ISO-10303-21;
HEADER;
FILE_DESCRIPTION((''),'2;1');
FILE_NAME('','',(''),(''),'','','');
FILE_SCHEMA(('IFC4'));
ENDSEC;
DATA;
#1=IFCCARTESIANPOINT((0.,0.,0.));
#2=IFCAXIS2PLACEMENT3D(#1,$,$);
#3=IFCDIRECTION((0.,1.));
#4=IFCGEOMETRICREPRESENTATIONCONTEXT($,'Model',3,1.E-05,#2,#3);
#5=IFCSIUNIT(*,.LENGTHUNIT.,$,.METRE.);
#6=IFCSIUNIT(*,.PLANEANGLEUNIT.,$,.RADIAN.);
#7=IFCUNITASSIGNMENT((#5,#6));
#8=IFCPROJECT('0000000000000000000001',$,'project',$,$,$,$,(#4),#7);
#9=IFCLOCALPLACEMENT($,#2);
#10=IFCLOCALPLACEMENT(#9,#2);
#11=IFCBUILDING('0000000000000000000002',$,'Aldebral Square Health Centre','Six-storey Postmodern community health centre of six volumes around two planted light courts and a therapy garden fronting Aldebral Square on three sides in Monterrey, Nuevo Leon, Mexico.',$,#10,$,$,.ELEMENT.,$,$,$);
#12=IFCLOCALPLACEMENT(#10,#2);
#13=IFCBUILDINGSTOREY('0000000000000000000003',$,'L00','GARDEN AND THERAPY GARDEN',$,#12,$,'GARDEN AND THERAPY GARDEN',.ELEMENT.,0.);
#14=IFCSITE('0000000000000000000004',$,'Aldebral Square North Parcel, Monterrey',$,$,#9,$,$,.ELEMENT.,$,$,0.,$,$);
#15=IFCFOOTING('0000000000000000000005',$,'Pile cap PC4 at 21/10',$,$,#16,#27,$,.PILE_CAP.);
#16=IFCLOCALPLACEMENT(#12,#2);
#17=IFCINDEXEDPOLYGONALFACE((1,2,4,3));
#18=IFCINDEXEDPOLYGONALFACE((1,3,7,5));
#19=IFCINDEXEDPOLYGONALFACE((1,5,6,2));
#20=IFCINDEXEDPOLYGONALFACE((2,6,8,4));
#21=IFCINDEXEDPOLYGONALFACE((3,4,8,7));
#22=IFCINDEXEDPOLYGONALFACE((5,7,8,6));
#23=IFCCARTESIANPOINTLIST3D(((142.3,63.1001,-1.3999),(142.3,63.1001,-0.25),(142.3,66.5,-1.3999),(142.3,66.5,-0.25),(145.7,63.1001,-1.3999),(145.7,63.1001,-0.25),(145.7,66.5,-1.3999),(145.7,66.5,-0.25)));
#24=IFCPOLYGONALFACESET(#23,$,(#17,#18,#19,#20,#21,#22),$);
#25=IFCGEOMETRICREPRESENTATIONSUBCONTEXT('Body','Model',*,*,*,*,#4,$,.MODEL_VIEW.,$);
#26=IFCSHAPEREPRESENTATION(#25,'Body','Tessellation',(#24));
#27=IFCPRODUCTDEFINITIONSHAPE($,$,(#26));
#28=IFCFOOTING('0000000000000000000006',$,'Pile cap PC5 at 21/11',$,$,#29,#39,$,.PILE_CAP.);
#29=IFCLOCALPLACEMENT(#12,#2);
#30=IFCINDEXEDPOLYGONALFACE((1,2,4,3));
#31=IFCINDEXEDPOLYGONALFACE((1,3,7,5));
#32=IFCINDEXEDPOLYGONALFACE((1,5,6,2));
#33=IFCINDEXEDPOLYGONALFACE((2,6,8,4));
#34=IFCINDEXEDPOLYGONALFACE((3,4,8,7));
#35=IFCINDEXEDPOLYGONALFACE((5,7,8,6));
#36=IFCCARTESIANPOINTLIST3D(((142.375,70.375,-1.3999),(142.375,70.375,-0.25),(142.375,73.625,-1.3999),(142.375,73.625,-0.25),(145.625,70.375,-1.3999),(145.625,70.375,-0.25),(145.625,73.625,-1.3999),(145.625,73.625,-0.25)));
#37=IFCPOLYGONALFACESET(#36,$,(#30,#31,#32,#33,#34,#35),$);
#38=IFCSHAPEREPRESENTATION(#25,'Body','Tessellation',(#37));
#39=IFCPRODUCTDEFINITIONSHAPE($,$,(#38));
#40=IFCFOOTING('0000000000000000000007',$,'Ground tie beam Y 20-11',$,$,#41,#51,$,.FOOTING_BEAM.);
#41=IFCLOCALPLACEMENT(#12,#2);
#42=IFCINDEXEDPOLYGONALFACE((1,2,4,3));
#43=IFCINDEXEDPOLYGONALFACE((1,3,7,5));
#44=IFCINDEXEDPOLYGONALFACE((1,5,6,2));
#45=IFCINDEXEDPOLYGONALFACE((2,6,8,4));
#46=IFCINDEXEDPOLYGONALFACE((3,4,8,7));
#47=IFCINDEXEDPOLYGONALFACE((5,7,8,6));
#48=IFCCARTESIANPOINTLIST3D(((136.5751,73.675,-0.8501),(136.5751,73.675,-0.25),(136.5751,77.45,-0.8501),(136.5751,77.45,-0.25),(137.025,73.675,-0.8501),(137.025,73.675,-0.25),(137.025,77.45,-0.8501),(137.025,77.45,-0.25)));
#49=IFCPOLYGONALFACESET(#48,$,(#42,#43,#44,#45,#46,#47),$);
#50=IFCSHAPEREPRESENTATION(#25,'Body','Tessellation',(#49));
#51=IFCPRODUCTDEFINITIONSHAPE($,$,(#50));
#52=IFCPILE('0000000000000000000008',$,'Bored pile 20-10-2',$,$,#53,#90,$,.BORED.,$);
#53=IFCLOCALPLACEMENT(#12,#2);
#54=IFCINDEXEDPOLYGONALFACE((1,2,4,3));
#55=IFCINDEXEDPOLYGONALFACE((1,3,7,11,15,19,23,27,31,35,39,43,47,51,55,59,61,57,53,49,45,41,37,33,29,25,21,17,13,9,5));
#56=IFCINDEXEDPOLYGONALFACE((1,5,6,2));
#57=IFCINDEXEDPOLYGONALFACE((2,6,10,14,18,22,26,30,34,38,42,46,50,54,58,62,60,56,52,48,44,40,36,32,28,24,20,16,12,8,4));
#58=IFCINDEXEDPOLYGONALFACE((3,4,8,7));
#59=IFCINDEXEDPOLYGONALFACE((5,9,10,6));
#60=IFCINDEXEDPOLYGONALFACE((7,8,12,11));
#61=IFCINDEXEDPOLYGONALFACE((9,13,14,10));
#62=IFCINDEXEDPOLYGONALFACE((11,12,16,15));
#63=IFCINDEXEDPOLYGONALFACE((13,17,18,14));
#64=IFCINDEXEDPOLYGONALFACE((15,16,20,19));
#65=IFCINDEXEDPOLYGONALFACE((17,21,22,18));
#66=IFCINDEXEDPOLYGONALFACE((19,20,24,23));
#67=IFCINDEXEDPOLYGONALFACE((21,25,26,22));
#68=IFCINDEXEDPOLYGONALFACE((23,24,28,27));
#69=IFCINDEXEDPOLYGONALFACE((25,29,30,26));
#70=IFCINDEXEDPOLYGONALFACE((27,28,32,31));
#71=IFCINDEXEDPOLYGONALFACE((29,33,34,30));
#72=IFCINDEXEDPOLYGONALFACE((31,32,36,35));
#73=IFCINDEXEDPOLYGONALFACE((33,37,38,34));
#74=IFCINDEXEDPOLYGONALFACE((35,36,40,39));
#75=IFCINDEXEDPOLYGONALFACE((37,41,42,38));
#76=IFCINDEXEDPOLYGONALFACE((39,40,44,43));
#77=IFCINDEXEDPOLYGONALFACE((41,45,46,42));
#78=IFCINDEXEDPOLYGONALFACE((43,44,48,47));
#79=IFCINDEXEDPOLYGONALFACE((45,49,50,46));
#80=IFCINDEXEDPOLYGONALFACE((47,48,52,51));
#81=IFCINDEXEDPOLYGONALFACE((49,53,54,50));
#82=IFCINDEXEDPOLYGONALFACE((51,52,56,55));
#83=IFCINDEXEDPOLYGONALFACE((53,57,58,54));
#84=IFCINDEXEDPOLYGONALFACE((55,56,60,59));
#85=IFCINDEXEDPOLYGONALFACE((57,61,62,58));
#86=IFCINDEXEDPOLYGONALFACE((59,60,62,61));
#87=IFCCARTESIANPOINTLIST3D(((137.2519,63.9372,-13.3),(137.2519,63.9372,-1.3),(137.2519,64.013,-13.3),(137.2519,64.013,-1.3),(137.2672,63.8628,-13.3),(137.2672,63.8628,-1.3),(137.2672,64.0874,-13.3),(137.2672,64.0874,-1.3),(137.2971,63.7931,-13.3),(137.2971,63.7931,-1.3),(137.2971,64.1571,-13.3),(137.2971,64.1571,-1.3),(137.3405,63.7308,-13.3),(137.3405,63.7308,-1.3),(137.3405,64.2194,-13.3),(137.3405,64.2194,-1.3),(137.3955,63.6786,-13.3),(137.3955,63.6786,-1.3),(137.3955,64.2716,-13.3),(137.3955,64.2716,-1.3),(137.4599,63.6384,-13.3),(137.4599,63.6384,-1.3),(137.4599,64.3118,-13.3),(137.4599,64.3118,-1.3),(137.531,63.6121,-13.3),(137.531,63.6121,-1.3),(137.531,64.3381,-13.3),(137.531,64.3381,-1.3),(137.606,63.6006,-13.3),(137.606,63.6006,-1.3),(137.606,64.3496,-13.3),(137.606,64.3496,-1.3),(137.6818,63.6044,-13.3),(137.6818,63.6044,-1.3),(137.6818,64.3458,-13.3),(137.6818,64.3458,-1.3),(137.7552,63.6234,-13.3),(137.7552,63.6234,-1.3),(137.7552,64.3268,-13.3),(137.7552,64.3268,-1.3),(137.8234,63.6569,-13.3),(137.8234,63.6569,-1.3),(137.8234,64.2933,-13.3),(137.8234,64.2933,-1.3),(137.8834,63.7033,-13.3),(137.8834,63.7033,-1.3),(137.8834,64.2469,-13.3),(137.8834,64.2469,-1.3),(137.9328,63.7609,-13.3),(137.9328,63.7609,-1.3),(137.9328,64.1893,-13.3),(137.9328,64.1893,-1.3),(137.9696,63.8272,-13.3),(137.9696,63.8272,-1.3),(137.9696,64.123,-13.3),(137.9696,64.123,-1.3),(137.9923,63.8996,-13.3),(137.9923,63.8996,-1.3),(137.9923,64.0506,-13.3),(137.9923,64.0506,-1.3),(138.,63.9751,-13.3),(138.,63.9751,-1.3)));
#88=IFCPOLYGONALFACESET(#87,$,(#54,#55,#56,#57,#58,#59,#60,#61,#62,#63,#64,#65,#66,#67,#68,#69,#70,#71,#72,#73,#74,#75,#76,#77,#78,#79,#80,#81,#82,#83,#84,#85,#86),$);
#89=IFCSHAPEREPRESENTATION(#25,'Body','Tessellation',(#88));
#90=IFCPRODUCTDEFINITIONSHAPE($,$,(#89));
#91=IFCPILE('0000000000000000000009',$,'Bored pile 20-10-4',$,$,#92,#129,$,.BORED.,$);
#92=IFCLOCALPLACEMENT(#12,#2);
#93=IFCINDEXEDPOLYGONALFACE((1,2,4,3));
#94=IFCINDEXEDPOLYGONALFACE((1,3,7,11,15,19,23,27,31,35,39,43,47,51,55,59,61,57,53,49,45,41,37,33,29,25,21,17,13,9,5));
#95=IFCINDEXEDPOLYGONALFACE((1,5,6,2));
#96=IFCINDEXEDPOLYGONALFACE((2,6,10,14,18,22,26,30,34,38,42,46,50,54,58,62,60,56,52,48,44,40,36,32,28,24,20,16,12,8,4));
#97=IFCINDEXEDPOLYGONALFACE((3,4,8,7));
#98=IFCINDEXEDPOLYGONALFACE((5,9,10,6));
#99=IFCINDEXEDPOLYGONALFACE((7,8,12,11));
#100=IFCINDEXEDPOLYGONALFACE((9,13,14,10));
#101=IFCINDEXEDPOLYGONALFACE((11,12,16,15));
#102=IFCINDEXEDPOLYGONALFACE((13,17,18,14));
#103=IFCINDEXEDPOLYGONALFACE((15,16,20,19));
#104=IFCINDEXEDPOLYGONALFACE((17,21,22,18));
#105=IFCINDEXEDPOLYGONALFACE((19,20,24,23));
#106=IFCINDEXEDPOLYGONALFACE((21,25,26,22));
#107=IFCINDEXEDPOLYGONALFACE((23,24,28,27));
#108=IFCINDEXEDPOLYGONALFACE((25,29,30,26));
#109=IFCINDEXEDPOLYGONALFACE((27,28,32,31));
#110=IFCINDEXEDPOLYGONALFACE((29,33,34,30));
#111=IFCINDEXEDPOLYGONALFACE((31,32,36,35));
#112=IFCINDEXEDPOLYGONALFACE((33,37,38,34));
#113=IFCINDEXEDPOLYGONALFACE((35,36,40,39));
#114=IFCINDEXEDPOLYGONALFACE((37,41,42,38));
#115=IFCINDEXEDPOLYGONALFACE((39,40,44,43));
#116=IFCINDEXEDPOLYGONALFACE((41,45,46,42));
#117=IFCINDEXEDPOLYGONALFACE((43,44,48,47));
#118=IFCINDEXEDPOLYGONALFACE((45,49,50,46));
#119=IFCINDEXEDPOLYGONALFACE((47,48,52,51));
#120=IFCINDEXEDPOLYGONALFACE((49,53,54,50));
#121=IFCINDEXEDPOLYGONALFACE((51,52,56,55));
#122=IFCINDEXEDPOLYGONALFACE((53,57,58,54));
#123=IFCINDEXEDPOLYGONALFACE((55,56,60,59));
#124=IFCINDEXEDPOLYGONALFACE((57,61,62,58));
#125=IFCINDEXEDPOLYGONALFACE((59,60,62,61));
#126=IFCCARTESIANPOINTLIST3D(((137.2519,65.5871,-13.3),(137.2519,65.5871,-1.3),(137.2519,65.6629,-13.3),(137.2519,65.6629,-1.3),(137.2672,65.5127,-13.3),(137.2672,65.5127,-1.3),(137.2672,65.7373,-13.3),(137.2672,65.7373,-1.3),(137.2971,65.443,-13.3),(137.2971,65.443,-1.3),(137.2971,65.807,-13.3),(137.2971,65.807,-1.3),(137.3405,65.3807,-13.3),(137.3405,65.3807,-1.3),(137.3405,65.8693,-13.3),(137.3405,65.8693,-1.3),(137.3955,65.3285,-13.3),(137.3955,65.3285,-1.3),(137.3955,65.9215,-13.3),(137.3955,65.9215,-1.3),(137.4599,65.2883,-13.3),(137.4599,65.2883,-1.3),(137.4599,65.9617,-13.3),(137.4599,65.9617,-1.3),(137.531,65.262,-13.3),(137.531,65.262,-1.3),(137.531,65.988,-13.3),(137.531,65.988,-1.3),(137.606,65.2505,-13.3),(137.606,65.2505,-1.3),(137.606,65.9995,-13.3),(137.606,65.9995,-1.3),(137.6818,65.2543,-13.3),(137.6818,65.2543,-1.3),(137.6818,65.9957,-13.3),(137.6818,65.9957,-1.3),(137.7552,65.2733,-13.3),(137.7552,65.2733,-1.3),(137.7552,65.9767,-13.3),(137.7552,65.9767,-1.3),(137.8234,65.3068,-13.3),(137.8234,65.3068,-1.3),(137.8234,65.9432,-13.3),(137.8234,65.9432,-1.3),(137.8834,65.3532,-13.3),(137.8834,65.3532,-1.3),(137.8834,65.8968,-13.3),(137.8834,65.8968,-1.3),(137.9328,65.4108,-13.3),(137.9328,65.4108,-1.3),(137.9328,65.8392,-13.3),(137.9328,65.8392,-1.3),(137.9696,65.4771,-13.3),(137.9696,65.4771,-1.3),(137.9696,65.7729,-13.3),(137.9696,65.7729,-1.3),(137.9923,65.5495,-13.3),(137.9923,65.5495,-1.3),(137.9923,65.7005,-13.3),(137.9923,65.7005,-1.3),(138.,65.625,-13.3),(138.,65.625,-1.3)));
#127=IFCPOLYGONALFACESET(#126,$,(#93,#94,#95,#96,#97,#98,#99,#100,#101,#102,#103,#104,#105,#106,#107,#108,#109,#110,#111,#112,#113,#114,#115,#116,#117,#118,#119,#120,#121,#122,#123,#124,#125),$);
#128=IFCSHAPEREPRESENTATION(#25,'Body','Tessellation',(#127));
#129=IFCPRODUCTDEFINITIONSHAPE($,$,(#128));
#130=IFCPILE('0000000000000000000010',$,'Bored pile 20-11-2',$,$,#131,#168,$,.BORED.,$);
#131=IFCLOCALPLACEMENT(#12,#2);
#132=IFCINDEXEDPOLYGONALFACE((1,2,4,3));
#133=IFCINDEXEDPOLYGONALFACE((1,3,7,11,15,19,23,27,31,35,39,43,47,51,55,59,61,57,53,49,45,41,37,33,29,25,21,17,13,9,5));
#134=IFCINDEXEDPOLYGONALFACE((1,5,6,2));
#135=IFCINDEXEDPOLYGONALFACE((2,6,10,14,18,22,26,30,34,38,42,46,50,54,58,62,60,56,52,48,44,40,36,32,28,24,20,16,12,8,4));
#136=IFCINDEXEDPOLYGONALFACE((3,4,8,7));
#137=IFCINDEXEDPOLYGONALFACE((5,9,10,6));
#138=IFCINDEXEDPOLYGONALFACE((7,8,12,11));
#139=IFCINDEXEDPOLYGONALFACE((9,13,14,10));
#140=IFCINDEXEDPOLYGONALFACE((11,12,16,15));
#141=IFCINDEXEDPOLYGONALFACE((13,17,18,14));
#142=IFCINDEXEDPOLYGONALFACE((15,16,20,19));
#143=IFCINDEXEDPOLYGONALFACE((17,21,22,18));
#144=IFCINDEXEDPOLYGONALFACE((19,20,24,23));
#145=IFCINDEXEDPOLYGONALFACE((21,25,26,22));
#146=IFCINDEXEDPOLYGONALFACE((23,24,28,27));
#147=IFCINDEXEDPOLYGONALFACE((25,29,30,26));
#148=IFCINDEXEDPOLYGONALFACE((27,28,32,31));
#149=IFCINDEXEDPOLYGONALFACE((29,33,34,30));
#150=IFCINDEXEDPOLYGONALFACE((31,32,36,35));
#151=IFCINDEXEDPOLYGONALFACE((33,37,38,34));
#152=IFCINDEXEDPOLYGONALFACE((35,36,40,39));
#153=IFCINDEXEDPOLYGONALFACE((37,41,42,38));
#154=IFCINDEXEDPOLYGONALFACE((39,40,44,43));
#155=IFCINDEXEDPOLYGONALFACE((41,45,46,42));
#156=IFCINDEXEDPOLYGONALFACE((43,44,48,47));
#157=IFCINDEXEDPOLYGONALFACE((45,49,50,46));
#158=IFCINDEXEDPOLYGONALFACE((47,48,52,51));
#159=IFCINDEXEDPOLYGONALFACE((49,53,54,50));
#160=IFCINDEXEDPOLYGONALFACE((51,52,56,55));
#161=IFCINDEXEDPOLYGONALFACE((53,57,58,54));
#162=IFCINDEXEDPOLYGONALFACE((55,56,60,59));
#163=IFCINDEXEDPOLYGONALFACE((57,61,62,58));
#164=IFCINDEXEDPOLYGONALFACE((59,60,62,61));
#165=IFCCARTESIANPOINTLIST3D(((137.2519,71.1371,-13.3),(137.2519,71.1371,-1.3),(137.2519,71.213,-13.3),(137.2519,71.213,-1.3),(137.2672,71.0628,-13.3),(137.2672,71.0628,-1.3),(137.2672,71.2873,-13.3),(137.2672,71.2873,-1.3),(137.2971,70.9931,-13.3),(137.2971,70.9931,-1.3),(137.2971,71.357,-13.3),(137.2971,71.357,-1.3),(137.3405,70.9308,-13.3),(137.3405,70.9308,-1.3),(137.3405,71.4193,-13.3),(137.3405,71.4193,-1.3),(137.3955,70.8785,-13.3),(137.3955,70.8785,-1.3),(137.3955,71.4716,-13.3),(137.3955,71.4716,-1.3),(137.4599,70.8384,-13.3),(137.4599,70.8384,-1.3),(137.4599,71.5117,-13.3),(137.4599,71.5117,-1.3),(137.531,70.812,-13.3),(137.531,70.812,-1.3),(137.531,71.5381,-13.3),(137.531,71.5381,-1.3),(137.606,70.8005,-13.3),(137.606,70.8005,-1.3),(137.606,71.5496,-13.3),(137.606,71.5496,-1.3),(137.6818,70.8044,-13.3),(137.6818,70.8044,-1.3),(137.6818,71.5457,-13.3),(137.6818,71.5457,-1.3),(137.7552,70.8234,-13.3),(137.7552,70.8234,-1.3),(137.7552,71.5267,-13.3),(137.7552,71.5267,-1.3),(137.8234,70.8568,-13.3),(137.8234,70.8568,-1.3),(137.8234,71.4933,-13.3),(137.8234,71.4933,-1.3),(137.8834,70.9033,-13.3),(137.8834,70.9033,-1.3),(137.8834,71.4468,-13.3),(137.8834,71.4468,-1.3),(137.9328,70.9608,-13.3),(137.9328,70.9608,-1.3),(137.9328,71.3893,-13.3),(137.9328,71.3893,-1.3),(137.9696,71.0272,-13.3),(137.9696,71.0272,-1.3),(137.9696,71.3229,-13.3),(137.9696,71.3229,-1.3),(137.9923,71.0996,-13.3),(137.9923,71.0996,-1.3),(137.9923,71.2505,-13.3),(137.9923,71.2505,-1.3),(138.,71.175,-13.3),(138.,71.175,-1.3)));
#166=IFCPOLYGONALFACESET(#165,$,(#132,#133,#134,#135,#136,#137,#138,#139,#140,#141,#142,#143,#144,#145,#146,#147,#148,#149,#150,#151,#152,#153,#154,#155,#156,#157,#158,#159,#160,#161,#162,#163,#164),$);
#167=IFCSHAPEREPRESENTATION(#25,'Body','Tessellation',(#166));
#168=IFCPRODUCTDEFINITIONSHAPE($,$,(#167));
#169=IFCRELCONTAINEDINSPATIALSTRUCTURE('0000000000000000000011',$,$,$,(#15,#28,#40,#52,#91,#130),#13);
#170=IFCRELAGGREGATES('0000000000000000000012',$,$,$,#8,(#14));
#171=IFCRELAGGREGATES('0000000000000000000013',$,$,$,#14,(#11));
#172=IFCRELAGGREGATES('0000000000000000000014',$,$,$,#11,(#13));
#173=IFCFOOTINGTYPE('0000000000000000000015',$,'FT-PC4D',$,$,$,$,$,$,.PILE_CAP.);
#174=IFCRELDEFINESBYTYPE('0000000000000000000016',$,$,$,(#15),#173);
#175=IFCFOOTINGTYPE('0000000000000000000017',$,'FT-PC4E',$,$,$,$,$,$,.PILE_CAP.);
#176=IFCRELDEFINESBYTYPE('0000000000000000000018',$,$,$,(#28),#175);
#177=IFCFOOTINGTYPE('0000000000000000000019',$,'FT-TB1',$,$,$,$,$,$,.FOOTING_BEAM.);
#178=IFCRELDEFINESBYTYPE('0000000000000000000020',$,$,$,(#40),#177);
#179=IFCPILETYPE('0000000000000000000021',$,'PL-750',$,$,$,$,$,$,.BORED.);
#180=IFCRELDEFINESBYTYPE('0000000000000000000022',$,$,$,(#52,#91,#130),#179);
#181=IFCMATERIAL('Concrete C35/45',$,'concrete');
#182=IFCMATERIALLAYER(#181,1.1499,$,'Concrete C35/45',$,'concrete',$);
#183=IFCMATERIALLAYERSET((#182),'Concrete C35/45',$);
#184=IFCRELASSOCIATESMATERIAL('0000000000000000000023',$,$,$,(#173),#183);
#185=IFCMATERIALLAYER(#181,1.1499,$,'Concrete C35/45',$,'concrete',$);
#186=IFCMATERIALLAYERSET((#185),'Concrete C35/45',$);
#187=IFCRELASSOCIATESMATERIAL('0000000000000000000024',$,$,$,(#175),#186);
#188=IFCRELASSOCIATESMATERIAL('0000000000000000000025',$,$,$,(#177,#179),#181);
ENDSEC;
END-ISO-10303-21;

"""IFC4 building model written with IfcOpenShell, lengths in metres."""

from ifc_helpers import new_model, si_unit, direction, frame, origin, origin_2d, place, context, subcontext, project, spatial, rectangle, circle, extrude, material, layer, layer_set, material_profile, profile_set, type_object, element, save


model = new_model("IFC4")

# Units and contexts
model_context = context("Model", 3, precision=1e-05, world=origin(), true_north=direction((0.0, 1.0)))
body_context = subcontext(model_context, "Body", "Model", "MODEL_VIEW")
ifc_project = project(units=[si_unit("LENGTHUNIT", "METRE"), si_unit("PLANEANGLEUNIT", "RADIAN")], contexts=[model_context])

# Site, building, storey
site_placement = place(None, origin())
site = spatial("IfcSite", under=ifc_project, at=site_placement, Name="Aldebral Square North Parcel, Monterrey", CompositionType="ELEMENT", RefElevation=0.0)
building_placement = place(site_placement, origin())
building = spatial("IfcBuilding", under=site, at=building_placement, Name="Aldebral Square Health Centre", Description="Six-storey Postmodern community health centre of six volumes around two planted light courts and a therapy garden fronting Aldebral Square on three sides in Monterrey, Nuevo Leon, Mexico.", CompositionType="ELEMENT")
storey_placement = place(building_placement, origin())
storey = spatial("IfcBuildingStorey", under=building, at=storey_placement, Name="L00", Description="GARDEN AND THERAPY GARDEN", LongName="GARDEN AND THERAPY GARDEN", CompositionType="ELEMENT", Elevation=0.0)

# Footings
ifc_material_1 = material(Name="Concrete C35/45", Category="concrete")
ifc_layer_1 = layer(ifc_material_1, 1.1499, Name="Concrete C35/45", Category="concrete")
ifc_layer_set_1 = layer_set([ifc_layer_1], Name="Concrete C35/45")
footing_type_1 = type_object("IfcFootingType", Name="FT-PC4D", PredefinedType="PILE_CAP", material=ifc_layer_set_1)
footing_1_placement = place(storey_placement, frame((144.0, 64.8, -1.3999), z_axis=(0.0, 0.0, 1.0), x_axis=(1.0, 0.0, 0.0)))
element("IfcFooting", 1, at=footing_1_placement, inside=storey, type_object=footing_type_1, Name="Pile cap PC4 at 21/10", PredefinedType="PILE_CAP", context=body_context, shape_type="SweptSolid", body=[
    extrude(rectangle(XDim=3.3999, YDim=3.3999, at=origin_2d()), origin(), (0.0, 0.0, 1.0), 1.1499),
])
ifc_layer_2 = layer(ifc_material_1, 1.1499, Name="Concrete C35/45", Category="concrete")
ifc_layer_set_2 = layer_set([ifc_layer_2], Name="Concrete C35/45")
footing_type_2 = type_object("IfcFootingType", Name="FT-PC4E", PredefinedType="PILE_CAP", material=ifc_layer_set_2)
footing_2_placement = place(storey_placement, frame((144.0, 72.0, -1.3999), z_axis=(0.0, 0.0, 1.0), x_axis=(1.0, 0.0, 0.0)))
element("IfcFooting", 2, at=footing_2_placement, inside=storey, type_object=footing_type_2, Name="Pile cap PC5 at 21/11", PredefinedType="PILE_CAP", context=body_context, shape_type="SweptSolid", body=[
    extrude(rectangle(XDim=3.25, YDim=3.25, at=origin_2d()), origin(), (0.0, 0.0, 1.0), 1.1499),
])
ifc_material_profile_1 = material_profile(ifc_material_1, rectangle(XDim=0.45, YDim=0.6001, at=origin_2d()), Name="RC 450x600")
ifc_profile_set_1 = profile_set([ifc_material_profile_1], Name="Concrete C35/45")
footing_type_3 = type_object("IfcFootingType", Name="FT-TB1", PredefinedType="FOOTING_BEAM", material=ifc_profile_set_1)
footing_3_placement = place(storey_placement, frame((136.8, 73.675, -0.55), z_axis=(0.0, 1.0, 0.0), x_axis=(-1.0, 0.0, 0.0)))
element("IfcFooting", 3, at=footing_3_placement, inside=storey, type_object=footing_type_3, Name="Ground tie beam Y 20-11", PredefinedType="FOOTING_BEAM", context=body_context, shape_type="SweptSolid", body=[
    extrude(rectangle(XDim=0.45, YDim=0.6001, at=origin_2d()), origin(), (0.0, 0.0, 1.0), 3.7749),
])

# Piles
ifc_material_profile_2 = material_profile(ifc_material_1, circle(Radius=0.375, at=origin_2d()), Name="PILE D750")
ifc_profile_set_2 = profile_set([ifc_material_profile_2], Name="Concrete C35/45")
pile_type_1 = type_object("IfcPileType", Name="PL-750", PredefinedType="BORED", material=ifc_profile_set_2)
for number, where, z_axis, x_axis, name in (
    (4, (137.625, 63.9751, -1.3), (0.0, 0.0, -1.0), (1.0, 0.0, 0.0), "Bored pile 20-10-2"),
    (5, (137.625, 65.625, -1.3), (0.0, 0.0, -1.0), (1.0, 0.0, 0.0), "Bored pile 20-10-4"),
    (6, (137.625, 71.175, -1.3), (0.0, 0.0, -1.0), (1.0, 0.0, 0.0), "Bored pile 20-11-2"),
):
    element("IfcPile", number, at=place(storey_placement, frame(where, z_axis=z_axis, x_axis=x_axis)), inside=storey, type_object=pile_type_1, Name=name, PredefinedType="BORED", context=body_context, shape_type="SweptSolid", body=[
        extrude(circle(Radius=0.375, at=origin_2d()), origin(), (0.0, 0.0, 1.0), 12.0),
    ])

save(model, "model.ifc")
